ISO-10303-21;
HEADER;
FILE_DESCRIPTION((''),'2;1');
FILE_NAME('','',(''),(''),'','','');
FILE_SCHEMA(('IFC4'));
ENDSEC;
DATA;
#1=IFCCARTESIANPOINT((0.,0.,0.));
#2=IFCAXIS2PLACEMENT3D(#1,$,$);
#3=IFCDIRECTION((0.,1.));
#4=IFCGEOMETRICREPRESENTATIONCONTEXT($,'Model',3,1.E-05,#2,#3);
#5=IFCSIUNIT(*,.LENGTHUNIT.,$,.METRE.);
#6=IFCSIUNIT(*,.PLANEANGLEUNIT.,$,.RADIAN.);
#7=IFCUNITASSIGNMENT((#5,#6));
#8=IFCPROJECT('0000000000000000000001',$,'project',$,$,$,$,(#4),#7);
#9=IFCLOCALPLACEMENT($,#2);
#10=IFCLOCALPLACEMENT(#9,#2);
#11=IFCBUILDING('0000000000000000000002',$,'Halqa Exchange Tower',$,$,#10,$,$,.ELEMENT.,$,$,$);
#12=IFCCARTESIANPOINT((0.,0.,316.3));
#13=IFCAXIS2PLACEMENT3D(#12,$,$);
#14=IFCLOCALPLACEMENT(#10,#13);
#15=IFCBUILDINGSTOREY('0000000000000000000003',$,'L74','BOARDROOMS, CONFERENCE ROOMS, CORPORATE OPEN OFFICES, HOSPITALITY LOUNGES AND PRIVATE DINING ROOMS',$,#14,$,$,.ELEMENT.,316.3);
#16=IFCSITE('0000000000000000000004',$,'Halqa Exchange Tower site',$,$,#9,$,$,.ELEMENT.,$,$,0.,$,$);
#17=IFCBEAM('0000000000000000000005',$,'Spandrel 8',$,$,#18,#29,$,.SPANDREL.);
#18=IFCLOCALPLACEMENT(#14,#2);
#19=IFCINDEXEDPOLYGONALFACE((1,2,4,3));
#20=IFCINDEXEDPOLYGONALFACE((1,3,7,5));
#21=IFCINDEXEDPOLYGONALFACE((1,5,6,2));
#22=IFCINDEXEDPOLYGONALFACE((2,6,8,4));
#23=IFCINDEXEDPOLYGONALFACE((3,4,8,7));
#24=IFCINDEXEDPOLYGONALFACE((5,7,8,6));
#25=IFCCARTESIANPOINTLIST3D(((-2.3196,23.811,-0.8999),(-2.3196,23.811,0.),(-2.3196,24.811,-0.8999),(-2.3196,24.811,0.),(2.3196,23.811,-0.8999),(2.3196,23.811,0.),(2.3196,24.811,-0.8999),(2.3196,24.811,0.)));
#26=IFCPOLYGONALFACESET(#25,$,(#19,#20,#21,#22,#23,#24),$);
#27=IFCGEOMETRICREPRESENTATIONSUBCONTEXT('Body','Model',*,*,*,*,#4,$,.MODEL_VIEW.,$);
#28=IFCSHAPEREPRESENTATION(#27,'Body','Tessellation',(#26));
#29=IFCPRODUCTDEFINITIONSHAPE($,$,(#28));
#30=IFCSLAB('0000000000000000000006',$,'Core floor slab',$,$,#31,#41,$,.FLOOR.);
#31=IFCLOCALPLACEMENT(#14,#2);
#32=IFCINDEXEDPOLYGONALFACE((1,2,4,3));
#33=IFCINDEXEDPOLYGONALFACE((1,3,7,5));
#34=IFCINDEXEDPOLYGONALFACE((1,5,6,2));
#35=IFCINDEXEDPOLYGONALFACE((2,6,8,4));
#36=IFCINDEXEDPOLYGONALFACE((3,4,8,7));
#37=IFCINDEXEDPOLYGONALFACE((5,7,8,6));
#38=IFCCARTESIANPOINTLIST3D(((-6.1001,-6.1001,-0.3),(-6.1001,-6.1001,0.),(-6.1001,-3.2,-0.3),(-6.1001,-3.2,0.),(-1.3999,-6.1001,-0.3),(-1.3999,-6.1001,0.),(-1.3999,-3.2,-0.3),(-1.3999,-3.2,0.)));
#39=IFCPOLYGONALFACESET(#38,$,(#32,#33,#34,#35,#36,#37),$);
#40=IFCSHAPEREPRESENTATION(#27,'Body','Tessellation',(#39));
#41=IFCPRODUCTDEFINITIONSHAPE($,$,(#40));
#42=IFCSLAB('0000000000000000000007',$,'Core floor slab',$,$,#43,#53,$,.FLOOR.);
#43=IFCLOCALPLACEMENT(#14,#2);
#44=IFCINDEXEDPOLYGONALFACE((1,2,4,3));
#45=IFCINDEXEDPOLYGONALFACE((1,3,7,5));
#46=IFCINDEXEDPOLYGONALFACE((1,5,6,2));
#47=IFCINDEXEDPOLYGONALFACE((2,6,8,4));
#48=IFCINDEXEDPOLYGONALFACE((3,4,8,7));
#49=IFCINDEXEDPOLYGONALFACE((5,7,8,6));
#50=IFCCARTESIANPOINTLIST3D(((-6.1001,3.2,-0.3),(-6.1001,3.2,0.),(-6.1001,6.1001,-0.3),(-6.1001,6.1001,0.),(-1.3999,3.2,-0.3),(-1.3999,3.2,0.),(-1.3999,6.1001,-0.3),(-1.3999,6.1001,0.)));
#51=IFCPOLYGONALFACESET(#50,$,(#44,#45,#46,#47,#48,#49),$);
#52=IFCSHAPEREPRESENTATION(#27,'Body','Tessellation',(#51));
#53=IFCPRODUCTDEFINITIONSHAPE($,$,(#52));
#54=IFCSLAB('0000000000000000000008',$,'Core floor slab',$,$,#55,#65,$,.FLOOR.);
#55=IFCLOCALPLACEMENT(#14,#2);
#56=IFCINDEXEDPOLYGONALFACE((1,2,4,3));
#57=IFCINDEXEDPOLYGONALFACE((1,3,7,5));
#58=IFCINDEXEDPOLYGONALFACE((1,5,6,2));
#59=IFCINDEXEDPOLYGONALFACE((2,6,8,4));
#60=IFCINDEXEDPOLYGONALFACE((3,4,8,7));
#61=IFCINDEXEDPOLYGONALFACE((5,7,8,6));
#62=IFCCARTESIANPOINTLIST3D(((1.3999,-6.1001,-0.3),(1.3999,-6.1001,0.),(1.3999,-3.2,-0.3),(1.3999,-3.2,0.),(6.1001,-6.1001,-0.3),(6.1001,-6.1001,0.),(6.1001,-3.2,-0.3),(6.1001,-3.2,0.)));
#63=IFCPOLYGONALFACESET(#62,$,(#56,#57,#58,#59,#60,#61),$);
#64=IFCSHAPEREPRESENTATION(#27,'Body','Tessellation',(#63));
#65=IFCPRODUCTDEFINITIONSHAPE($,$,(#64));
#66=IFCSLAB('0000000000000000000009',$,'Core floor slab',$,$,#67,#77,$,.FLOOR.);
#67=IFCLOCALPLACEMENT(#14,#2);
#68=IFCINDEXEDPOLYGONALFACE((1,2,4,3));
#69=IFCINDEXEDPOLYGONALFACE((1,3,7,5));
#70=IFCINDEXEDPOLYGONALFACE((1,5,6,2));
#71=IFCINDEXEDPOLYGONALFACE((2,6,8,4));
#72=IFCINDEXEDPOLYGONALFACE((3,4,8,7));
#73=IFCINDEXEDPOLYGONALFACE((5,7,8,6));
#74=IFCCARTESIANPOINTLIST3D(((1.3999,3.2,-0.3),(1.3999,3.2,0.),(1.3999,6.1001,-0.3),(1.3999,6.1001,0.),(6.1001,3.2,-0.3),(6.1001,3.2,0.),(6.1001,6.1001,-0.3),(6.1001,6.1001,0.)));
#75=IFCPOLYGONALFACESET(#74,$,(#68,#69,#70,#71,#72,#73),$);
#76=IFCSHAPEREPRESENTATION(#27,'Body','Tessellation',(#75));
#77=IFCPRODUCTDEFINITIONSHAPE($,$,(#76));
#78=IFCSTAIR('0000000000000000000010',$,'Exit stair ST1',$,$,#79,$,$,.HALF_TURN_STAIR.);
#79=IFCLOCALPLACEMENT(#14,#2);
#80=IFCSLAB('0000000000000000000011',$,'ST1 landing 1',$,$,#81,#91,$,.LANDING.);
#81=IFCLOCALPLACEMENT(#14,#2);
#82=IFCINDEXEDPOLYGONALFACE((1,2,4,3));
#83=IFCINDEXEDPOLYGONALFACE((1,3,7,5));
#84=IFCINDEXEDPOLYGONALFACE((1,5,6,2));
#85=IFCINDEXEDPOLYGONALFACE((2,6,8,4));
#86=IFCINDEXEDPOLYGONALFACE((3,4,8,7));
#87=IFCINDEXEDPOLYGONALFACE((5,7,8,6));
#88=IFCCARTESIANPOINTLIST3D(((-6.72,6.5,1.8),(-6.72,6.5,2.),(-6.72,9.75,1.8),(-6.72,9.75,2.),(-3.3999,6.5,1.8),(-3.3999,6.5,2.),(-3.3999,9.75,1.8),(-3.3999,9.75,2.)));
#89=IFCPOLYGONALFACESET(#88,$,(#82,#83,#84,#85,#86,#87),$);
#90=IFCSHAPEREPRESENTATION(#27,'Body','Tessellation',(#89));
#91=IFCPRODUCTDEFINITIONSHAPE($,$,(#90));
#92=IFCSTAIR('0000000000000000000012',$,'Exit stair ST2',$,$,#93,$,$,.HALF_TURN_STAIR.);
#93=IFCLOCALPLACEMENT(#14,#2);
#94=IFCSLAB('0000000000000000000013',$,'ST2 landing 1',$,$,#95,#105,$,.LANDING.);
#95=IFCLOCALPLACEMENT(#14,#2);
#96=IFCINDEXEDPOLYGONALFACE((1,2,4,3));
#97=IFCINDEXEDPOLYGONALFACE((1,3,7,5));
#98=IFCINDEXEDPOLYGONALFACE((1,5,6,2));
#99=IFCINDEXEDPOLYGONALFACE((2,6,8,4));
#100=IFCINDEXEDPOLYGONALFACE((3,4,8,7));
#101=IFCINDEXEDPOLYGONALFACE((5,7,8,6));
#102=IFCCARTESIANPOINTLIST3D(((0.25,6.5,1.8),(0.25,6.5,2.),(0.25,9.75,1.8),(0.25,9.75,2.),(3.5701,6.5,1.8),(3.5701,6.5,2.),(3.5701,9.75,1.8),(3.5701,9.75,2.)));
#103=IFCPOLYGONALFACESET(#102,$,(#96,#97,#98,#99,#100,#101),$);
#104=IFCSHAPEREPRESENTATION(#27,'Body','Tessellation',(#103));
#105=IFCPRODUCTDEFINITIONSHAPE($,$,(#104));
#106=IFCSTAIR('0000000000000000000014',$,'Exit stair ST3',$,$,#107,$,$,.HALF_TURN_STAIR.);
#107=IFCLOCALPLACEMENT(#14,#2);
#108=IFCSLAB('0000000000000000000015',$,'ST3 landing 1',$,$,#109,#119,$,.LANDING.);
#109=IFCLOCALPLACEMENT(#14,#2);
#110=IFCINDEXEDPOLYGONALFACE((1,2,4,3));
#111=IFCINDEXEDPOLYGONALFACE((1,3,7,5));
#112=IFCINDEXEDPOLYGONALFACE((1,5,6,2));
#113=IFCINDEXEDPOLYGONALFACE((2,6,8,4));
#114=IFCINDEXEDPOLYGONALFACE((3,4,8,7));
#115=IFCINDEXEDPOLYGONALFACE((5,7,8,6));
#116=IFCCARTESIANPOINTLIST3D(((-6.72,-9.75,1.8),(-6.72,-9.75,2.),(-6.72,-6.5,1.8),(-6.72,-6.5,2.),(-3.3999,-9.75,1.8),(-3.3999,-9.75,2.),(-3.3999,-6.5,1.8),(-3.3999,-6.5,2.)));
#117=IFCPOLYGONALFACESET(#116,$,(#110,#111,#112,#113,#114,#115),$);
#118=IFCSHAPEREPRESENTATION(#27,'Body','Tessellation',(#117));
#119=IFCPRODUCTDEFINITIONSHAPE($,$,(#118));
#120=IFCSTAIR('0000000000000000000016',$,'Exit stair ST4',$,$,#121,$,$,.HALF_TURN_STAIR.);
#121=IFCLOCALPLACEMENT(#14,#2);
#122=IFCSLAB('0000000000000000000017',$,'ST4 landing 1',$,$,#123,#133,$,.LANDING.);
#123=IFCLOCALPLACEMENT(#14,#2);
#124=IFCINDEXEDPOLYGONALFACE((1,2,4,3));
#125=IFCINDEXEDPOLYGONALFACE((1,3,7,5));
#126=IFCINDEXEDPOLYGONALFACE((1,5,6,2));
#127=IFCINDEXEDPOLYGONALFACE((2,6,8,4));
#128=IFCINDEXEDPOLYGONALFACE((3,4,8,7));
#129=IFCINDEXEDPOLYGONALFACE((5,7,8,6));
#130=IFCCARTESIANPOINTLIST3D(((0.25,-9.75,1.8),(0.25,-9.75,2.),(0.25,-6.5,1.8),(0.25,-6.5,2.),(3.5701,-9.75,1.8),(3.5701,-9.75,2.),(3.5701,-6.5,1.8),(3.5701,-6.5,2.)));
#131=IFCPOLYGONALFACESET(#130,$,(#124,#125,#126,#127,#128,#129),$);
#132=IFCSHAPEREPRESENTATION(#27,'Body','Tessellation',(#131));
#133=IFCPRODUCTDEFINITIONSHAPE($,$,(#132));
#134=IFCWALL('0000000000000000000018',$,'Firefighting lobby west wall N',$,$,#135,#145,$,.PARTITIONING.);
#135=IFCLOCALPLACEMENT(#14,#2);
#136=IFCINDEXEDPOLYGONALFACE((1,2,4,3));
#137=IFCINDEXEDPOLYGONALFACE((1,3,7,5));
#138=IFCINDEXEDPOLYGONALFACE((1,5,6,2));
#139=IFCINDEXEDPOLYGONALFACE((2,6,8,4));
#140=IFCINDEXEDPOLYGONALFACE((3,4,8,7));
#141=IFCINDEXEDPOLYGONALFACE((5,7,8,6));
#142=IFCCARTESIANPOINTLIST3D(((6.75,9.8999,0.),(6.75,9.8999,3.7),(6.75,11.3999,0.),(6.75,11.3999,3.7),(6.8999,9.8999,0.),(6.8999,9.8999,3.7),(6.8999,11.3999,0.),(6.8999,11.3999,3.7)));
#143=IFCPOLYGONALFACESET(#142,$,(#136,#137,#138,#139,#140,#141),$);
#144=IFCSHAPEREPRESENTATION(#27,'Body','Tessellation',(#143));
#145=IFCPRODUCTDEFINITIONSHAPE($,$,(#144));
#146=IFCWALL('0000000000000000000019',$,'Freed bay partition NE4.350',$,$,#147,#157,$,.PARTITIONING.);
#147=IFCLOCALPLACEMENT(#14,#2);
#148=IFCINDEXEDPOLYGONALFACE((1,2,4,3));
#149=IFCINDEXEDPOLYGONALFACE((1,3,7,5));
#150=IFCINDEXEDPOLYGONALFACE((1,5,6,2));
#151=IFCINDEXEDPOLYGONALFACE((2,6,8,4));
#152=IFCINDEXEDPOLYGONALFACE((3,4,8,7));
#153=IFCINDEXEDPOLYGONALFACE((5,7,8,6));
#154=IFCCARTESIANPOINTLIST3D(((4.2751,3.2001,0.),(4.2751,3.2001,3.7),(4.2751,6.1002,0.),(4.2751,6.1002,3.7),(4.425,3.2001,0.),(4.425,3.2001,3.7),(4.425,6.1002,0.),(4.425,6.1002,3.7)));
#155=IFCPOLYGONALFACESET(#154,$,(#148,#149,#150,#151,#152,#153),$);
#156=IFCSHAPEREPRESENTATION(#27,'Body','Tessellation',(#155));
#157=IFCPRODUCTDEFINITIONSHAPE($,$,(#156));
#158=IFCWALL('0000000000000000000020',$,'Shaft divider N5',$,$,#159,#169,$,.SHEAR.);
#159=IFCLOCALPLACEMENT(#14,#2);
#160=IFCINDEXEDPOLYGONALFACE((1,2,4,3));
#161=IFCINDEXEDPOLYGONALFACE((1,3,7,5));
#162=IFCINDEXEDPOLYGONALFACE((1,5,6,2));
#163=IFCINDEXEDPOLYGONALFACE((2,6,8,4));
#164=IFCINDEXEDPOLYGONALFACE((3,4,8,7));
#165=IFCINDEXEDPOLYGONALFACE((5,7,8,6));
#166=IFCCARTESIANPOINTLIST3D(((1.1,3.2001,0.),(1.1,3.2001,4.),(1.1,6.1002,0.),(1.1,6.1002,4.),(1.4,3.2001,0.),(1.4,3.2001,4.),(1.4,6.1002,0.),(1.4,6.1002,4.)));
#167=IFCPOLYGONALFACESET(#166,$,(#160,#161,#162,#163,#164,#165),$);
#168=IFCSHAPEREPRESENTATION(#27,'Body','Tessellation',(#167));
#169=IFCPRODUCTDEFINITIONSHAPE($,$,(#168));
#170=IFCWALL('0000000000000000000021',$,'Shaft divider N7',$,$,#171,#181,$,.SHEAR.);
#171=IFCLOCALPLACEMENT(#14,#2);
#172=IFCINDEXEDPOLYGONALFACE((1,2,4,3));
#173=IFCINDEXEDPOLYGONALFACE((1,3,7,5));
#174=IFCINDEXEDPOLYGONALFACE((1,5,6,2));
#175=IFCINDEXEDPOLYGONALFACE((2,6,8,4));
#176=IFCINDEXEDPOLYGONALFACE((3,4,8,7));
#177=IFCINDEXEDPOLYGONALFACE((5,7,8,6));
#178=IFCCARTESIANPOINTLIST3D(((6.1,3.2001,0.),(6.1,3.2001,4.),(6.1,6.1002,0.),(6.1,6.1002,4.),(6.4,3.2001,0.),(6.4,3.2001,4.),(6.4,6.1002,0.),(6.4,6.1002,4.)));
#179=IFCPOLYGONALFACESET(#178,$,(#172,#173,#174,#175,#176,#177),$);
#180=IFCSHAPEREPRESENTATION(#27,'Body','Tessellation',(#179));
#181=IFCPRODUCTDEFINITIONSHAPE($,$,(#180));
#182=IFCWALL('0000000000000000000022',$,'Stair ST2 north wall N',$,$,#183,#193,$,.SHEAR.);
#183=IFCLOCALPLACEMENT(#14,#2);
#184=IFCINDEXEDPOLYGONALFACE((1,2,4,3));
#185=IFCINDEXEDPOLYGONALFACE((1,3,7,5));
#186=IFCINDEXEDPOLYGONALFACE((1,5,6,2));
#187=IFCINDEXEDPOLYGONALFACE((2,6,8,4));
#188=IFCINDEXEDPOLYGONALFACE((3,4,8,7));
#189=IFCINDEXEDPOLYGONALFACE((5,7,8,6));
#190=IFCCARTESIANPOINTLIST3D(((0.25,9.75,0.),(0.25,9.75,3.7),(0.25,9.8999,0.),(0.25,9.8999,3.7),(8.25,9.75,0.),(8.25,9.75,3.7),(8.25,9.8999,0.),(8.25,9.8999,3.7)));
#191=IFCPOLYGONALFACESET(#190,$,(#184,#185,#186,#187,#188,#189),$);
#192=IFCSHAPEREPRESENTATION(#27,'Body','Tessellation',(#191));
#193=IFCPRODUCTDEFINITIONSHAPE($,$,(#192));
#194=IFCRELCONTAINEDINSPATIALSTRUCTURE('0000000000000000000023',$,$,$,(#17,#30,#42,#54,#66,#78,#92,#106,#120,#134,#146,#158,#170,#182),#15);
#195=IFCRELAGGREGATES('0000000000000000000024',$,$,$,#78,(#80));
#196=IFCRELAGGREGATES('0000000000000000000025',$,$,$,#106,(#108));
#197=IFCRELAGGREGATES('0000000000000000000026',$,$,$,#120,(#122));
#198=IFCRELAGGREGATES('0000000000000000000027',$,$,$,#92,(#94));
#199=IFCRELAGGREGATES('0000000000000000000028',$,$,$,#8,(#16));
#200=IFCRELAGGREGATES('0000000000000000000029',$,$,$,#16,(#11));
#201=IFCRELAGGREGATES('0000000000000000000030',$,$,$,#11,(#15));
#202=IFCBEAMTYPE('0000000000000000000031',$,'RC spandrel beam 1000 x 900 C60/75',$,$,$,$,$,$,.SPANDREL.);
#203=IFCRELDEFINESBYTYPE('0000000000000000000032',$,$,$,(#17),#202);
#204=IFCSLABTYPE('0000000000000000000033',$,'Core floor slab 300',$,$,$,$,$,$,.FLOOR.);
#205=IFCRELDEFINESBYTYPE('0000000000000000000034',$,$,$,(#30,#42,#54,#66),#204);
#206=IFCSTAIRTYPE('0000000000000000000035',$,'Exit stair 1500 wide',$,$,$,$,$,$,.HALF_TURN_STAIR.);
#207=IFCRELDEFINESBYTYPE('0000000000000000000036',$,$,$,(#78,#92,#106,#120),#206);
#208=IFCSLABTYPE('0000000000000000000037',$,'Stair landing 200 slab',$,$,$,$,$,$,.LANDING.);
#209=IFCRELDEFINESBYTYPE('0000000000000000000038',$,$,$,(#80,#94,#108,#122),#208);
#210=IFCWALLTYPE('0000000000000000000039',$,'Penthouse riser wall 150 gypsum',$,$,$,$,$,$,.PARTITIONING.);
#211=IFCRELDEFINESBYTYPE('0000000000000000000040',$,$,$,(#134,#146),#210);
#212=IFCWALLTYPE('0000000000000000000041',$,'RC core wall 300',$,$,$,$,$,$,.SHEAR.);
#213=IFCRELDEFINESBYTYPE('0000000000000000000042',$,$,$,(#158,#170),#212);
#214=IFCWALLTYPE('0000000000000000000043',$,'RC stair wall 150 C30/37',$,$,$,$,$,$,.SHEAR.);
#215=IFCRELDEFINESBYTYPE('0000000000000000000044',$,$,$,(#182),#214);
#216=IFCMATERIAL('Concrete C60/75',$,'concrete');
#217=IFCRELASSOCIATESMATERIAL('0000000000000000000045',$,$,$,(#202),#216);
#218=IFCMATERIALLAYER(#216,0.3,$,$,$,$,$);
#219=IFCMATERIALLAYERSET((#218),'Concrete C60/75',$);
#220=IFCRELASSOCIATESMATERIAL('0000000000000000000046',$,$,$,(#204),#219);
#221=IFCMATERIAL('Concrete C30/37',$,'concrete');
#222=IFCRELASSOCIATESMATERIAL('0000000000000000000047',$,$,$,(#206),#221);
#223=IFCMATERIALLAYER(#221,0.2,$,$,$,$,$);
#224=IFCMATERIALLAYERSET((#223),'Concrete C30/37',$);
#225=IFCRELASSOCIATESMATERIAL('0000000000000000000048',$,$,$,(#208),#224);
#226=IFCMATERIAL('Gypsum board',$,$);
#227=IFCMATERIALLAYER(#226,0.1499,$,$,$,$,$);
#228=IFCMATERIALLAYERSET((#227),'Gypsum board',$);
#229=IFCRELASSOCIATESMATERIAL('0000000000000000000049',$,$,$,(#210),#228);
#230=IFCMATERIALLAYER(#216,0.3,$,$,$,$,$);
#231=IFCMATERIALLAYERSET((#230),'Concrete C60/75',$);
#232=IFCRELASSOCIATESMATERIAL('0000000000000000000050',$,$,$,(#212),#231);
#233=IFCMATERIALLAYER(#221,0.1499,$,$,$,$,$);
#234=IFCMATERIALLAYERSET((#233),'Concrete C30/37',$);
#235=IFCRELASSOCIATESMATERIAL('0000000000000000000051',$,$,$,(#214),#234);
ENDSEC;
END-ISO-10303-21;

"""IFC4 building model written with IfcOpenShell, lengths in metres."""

from ifc_helpers import new_model, si_unit, direction, frame, frame_2d, origin, origin_2d, place, context, subcontext, project, spatial, polyline, rectangle, outline, extrude, material, layer, layer_set, material_profile, profile_set, type_object, element, aggregate, save


model = new_model("IFC4")

# Units and contexts
model_context = context("Model", 3, precision=1e-05, world=origin(), true_north=direction((0.0, 1.0)))
body_context = subcontext(model_context, "Body", "Model", "MODEL_VIEW")
ifc_project = project(units=[si_unit("LENGTHUNIT", "METRE"), si_unit("PLANEANGLEUNIT", "RADIAN")], contexts=[model_context])

# Site, building, storey
site_placement = place(None, origin())
site = spatial("IfcSite", under=ifc_project, at=site_placement, Name="Halqa Exchange Tower site", CompositionType="ELEMENT", RefElevation=0.0)
building_placement = place(site_placement, origin())
building = spatial("IfcBuilding", under=site, at=building_placement, Name="Halqa Exchange Tower", CompositionType="ELEMENT")
storey_placement = place(building_placement, frame((0.0, 0.0, 316.3)))
storey = spatial("IfcBuildingStorey", under=building, at=storey_placement, Name="L74", Description="BOARDROOMS, CONFERENCE ROOMS, CORPORATE OPEN OFFICES, HOSPITALITY LOUNGES AND PRIVATE DINING ROOMS", CompositionType="ELEMENT", Elevation=316.3)

# Beam
ifc_material_1 = material(Name="Concrete C60/75", Category="concrete")
ifc_material_profile_1 = material_profile(ifc_material_1, rectangle(XDim=1.0, YDim=0.8999, at=origin_2d()), Name="1000 x 900")
ifc_profile_set_1 = profile_set([ifc_material_profile_1], Name="Concrete C60/75")
beam_type_1 = type_object("IfcBeamType", Name="RC spandrel beam 1000 x 900 C60/75", PredefinedType="SPANDREL", material=ifc_profile_set_1)
beam_1_placement = place(storey_placement, frame((2.3196, 24.311, -0.45), z_axis=(-1.0, 0.0, 0.0), x_axis=(0.0, -1.0, 0.0)))
element("IfcBeam", 1, at=beam_1_placement, inside=storey, type_object=beam_type_1, Name="Spandrel 8", PredefinedType="SPANDREL", context=body_context, shape_type="SweptSolid", body=[
    extrude(rectangle(XDim=1.0, YDim=0.8999, at=origin_2d()), origin(), (0.0, 0.0, 1.0), 4.6392),
])

# Slabs
ifc_layer_1 = layer(ifc_material_1, 0.3)
ifc_layer_set_1 = layer_set([ifc_layer_1], Name="Concrete C60/75")
slab_type_1 = type_object("IfcSlabType", Name="Core floor slab 300", PredefinedType="FLOOR", material=ifc_layer_set_1)
slab_1_placement = place(storey_placement, frame((0.0, 0.0, -0.3)))
element("IfcSlab", 2, at=slab_1_placement, inside=storey, type_object=slab_type_1, Name="Core floor slab", PredefinedType="FLOOR", context=body_context, shape_type="SweptSolid", body=[
    extrude(outline(polyline([(-1.3999, -3.2), (-1.3999, -6.1001), (-6.1001, -6.1001), (-6.1001, -3.2), (-1.3999, -3.2)])), origin(), (0.0, 0.0, 1.0), 0.3),
])
slab_2_placement = place(storey_placement, frame((0.0, 0.0, -0.3)))
element("IfcSlab", 3, at=slab_2_placement, inside=storey, type_object=slab_type_1, Name="Core floor slab", PredefinedType="FLOOR", context=body_context, shape_type="SweptSolid", body=[
    extrude(outline(polyline([(-1.3999, 3.2), (-6.1001, 3.2), (-6.1001, 6.1001), (-1.3999, 6.1001), (-1.3999, 3.2)])), origin(), (0.0, 0.0, 1.0), 0.3),
])
slab_3_placement = place(storey_placement, frame((0.0, 0.0, -0.3)))
element("IfcSlab", 4, at=slab_3_placement, inside=storey, type_object=slab_type_1, Name="Core floor slab", PredefinedType="FLOOR", context=body_context, shape_type="SweptSolid", body=[
    extrude(outline(polyline([(6.1001, -3.2), (6.1001, -6.1001), (1.3999, -6.1001), (1.3999, -3.2), (6.1001, -3.2)])), origin(), (0.0, 0.0, 1.0), 0.3),
])
slab_4_placement = place(storey_placement, frame((0.0, 0.0, -0.3)))
element("IfcSlab", 5, at=slab_4_placement, inside=storey, type_object=slab_type_1, Name="Core floor slab", PredefinedType="FLOOR", context=body_context, shape_type="SweptSolid", body=[
    extrude(outline(polyline([(6.1001, 6.1001), (6.1001, 3.2), (1.3999, 3.2), (1.3999, 6.1001), (6.1001, 6.1001)])), origin(), (0.0, 0.0, 1.0), 0.3),
])

# Stairs, slabs
ifc_material_2 = material(Name="Concrete C30/37", Category="concrete")
stair_type = type_object("IfcStairType", Name="Exit stair 1500 wide", PredefinedType="HALF_TURN_STAIR", material=ifc_material_2)
stair_1_placement = place(storey_placement, origin())
stair_1 = element("IfcStair", 6, at=stair_1_placement, inside=storey, type_object=stair_type, Name="Exit stair ST1", PredefinedType="HALF_TURN_STAIR")
ifc_layer_2 = layer(ifc_material_2, 0.2)
ifc_layer_set_2 = layer_set([ifc_layer_2], Name="Concrete C30/37")
slab_type_2 = type_object("IfcSlabType", Name="Stair landing 200 slab", PredefinedType="LANDING", material=ifc_layer_set_2)
slab_5_placement = place(storey_placement, frame((0.0, 0.0, 1.8)))
slab_5 = element("IfcSlab", 7, at=slab_5_placement, type_object=slab_type_2, Name="ST1 landing 1", PredefinedType="LANDING", context=body_context, shape_type="SweptSolid", body=[
    extrude(outline(polyline([(-6.72, 6.5), (-3.3999, 6.5), (-3.3999, 9.75), (-6.72, 9.75), (-6.72, 6.5)])), origin(), (0.0, 0.0, 1.0), 0.2),
])
aggregate(stair_1, [slab_5])
stair_2_placement = place(storey_placement, origin())
stair_2 = element("IfcStair", 8, at=stair_2_placement, inside=storey, type_object=stair_type, Name="Exit stair ST2", PredefinedType="HALF_TURN_STAIR")
slab_6_placement = place(storey_placement, frame((0.0, 0.0, 1.8)))
slab_6 = element("IfcSlab", 9, at=slab_6_placement, type_object=slab_type_2, Name="ST2 landing 1", PredefinedType="LANDING", context=body_context, shape_type="SweptSolid", body=[
    extrude(outline(polyline([(0.25, 6.5), (3.5701, 6.5), (3.5701, 9.75), (0.25, 9.75), (0.25, 6.5)])), origin(), (0.0, 0.0, 1.0), 0.2),
])
stair_3_placement = place(storey_placement, origin())
stair_3 = element("IfcStair", 10, at=stair_3_placement, inside=storey, type_object=stair_type, Name="Exit stair ST3", PredefinedType="HALF_TURN_STAIR")
slab_7_placement = place(storey_placement, frame((0.0, 0.0, 1.8)))
slab_7 = element("IfcSlab", 11, at=slab_7_placement, type_object=slab_type_2, Name="ST3 landing 1", PredefinedType="LANDING", context=body_context, shape_type="SweptSolid", body=[
    extrude(outline(polyline([(-6.72, -9.75), (-3.3999, -9.75), (-3.3999, -6.5), (-6.72, -6.5), (-6.72, -9.75)])), origin(), (0.0, 0.0, 1.0), 0.2),
])
aggregate(stair_3, [slab_7])
stair_4_placement = place(storey_placement, origin())
stair_4 = element("IfcStair", 12, at=stair_4_placement, inside=storey, type_object=stair_type, Name="Exit stair ST4", PredefinedType="HALF_TURN_STAIR")
slab_8_placement = place(storey_placement, frame((0.0, 0.0, 1.8)))
slab_8 = element("IfcSlab", 13, at=slab_8_placement, type_object=slab_type_2, Name="ST4 landing 1", PredefinedType="LANDING", context=body_context, shape_type="SweptSolid", body=[
    extrude(outline(polyline([(0.25, -9.75), (3.5701, -9.75), (3.5701, -6.5), (0.25, -6.5), (0.25, -9.75)])), origin(), (0.0, 0.0, 1.0), 0.2),
])
aggregate(stair_4, [slab_8])

# Walls
ifc_material_3 = material(Name="Gypsum board")
ifc_layer_3 = layer(ifc_material_3, 0.1499)
ifc_layer_set_3 = layer_set([ifc_layer_3], Name="Gypsum board")
wall_type_1 = type_object("IfcWallType", Name="Penthouse riser wall 150 gypsum", PredefinedType="PARTITIONING", material=ifc_layer_set_3)
wall_1_placement = place(storey_placement, frame((6.825, 9.8999, 0.0), z_axis=(0.0, 0.0, 1.0), x_axis=(0.0, 1.0, 0.0)))
element("IfcWall", 14, at=wall_1_placement, inside=storey, type_object=wall_type_1, Name="Firefighting lobby west wall N", PredefinedType="PARTITIONING", context=body_context, shape_type="SweptSolid", body=[
    extrude(rectangle(XDim=1.5, YDim=0.1499, at=frame_2d((0.75, 0.0))), origin(), (0.0, 0.0, 1.0), 3.7),
])
wall_2_placement = place(storey_placement, frame((4.3501, 3.2, 0.0), z_axis=(0.0, 0.0, 1.0), x_axis=(0.0, 1.0, 0.0)))
element("IfcWall", 15, at=wall_2_placement, inside=storey, type_object=wall_type_1, Name="Freed bay partition NE4.350", PredefinedType="PARTITIONING", context=body_context, shape_type="SweptSolid", body=[
    extrude(rectangle(XDim=2.9001, YDim=0.1499, at=frame_2d((1.4502, 0.0))), origin(), (0.0, 0.0, 1.0), 3.7),
])
ifc_layer_4 = layer(ifc_material_1, 0.3)
ifc_layer_set_4 = layer_set([ifc_layer_4], Name="Concrete C60/75")
wall_type_2 = type_object("IfcWallType", Name="RC core wall 300", PredefinedType="SHEAR", material=ifc_layer_set_4)
for number, where, z_axis, x_axis, name in (
    (16, (1.25, 3.2, 0.0), (0.0, 0.0, 1.0), (0.0, 1.0, 0.0), "Shaft divider N5"),
    (17, (6.25, 3.2, 0.0), (0.0, 0.0, 1.0), (0.0, 1.0, 0.0), "Shaft divider N7"),
):
    element("IfcWall", number, at=place(storey_placement, frame(where, z_axis=z_axis, x_axis=x_axis)), inside=storey, type_object=wall_type_2, Name=name, PredefinedType="SHEAR", context=body_context, shape_type="SweptSolid", body=[
        extrude(rectangle(XDim=2.9001, YDim=0.3, at=frame_2d((1.4502, 0.0))), origin(), (0.0, 0.0, 1.0), 4.0),
    ])
ifc_layer_5 = layer(ifc_material_2, 0.1499)
ifc_layer_set_5 = layer_set([ifc_layer_5], Name="Concrete C30/37")
wall_type_3 = type_object("IfcWallType", Name="RC stair wall 150 C30/37", PredefinedType="SHEAR", material=ifc_layer_set_5)
wall_3_placement = place(storey_placement, frame((0.25, 9.825, 0.0), z_axis=(0.0, 0.0, 1.0), x_axis=(1.0, 0.0, 0.0)))
element("IfcWall", 18, at=wall_3_placement, inside=storey, type_object=wall_type_3, Name="Stair ST2 north wall N", PredefinedType="SHEAR", context=body_context, shape_type="SweptSolid", body=[
    extrude(rectangle(XDim=8.0, YDim=0.1499, at=frame_2d((4.0, 0.0))), origin(), (0.0, 0.0, 1.0), 3.7),
])

aggregate(stair_2, [slab_6])

save(model, "model.ifc")
